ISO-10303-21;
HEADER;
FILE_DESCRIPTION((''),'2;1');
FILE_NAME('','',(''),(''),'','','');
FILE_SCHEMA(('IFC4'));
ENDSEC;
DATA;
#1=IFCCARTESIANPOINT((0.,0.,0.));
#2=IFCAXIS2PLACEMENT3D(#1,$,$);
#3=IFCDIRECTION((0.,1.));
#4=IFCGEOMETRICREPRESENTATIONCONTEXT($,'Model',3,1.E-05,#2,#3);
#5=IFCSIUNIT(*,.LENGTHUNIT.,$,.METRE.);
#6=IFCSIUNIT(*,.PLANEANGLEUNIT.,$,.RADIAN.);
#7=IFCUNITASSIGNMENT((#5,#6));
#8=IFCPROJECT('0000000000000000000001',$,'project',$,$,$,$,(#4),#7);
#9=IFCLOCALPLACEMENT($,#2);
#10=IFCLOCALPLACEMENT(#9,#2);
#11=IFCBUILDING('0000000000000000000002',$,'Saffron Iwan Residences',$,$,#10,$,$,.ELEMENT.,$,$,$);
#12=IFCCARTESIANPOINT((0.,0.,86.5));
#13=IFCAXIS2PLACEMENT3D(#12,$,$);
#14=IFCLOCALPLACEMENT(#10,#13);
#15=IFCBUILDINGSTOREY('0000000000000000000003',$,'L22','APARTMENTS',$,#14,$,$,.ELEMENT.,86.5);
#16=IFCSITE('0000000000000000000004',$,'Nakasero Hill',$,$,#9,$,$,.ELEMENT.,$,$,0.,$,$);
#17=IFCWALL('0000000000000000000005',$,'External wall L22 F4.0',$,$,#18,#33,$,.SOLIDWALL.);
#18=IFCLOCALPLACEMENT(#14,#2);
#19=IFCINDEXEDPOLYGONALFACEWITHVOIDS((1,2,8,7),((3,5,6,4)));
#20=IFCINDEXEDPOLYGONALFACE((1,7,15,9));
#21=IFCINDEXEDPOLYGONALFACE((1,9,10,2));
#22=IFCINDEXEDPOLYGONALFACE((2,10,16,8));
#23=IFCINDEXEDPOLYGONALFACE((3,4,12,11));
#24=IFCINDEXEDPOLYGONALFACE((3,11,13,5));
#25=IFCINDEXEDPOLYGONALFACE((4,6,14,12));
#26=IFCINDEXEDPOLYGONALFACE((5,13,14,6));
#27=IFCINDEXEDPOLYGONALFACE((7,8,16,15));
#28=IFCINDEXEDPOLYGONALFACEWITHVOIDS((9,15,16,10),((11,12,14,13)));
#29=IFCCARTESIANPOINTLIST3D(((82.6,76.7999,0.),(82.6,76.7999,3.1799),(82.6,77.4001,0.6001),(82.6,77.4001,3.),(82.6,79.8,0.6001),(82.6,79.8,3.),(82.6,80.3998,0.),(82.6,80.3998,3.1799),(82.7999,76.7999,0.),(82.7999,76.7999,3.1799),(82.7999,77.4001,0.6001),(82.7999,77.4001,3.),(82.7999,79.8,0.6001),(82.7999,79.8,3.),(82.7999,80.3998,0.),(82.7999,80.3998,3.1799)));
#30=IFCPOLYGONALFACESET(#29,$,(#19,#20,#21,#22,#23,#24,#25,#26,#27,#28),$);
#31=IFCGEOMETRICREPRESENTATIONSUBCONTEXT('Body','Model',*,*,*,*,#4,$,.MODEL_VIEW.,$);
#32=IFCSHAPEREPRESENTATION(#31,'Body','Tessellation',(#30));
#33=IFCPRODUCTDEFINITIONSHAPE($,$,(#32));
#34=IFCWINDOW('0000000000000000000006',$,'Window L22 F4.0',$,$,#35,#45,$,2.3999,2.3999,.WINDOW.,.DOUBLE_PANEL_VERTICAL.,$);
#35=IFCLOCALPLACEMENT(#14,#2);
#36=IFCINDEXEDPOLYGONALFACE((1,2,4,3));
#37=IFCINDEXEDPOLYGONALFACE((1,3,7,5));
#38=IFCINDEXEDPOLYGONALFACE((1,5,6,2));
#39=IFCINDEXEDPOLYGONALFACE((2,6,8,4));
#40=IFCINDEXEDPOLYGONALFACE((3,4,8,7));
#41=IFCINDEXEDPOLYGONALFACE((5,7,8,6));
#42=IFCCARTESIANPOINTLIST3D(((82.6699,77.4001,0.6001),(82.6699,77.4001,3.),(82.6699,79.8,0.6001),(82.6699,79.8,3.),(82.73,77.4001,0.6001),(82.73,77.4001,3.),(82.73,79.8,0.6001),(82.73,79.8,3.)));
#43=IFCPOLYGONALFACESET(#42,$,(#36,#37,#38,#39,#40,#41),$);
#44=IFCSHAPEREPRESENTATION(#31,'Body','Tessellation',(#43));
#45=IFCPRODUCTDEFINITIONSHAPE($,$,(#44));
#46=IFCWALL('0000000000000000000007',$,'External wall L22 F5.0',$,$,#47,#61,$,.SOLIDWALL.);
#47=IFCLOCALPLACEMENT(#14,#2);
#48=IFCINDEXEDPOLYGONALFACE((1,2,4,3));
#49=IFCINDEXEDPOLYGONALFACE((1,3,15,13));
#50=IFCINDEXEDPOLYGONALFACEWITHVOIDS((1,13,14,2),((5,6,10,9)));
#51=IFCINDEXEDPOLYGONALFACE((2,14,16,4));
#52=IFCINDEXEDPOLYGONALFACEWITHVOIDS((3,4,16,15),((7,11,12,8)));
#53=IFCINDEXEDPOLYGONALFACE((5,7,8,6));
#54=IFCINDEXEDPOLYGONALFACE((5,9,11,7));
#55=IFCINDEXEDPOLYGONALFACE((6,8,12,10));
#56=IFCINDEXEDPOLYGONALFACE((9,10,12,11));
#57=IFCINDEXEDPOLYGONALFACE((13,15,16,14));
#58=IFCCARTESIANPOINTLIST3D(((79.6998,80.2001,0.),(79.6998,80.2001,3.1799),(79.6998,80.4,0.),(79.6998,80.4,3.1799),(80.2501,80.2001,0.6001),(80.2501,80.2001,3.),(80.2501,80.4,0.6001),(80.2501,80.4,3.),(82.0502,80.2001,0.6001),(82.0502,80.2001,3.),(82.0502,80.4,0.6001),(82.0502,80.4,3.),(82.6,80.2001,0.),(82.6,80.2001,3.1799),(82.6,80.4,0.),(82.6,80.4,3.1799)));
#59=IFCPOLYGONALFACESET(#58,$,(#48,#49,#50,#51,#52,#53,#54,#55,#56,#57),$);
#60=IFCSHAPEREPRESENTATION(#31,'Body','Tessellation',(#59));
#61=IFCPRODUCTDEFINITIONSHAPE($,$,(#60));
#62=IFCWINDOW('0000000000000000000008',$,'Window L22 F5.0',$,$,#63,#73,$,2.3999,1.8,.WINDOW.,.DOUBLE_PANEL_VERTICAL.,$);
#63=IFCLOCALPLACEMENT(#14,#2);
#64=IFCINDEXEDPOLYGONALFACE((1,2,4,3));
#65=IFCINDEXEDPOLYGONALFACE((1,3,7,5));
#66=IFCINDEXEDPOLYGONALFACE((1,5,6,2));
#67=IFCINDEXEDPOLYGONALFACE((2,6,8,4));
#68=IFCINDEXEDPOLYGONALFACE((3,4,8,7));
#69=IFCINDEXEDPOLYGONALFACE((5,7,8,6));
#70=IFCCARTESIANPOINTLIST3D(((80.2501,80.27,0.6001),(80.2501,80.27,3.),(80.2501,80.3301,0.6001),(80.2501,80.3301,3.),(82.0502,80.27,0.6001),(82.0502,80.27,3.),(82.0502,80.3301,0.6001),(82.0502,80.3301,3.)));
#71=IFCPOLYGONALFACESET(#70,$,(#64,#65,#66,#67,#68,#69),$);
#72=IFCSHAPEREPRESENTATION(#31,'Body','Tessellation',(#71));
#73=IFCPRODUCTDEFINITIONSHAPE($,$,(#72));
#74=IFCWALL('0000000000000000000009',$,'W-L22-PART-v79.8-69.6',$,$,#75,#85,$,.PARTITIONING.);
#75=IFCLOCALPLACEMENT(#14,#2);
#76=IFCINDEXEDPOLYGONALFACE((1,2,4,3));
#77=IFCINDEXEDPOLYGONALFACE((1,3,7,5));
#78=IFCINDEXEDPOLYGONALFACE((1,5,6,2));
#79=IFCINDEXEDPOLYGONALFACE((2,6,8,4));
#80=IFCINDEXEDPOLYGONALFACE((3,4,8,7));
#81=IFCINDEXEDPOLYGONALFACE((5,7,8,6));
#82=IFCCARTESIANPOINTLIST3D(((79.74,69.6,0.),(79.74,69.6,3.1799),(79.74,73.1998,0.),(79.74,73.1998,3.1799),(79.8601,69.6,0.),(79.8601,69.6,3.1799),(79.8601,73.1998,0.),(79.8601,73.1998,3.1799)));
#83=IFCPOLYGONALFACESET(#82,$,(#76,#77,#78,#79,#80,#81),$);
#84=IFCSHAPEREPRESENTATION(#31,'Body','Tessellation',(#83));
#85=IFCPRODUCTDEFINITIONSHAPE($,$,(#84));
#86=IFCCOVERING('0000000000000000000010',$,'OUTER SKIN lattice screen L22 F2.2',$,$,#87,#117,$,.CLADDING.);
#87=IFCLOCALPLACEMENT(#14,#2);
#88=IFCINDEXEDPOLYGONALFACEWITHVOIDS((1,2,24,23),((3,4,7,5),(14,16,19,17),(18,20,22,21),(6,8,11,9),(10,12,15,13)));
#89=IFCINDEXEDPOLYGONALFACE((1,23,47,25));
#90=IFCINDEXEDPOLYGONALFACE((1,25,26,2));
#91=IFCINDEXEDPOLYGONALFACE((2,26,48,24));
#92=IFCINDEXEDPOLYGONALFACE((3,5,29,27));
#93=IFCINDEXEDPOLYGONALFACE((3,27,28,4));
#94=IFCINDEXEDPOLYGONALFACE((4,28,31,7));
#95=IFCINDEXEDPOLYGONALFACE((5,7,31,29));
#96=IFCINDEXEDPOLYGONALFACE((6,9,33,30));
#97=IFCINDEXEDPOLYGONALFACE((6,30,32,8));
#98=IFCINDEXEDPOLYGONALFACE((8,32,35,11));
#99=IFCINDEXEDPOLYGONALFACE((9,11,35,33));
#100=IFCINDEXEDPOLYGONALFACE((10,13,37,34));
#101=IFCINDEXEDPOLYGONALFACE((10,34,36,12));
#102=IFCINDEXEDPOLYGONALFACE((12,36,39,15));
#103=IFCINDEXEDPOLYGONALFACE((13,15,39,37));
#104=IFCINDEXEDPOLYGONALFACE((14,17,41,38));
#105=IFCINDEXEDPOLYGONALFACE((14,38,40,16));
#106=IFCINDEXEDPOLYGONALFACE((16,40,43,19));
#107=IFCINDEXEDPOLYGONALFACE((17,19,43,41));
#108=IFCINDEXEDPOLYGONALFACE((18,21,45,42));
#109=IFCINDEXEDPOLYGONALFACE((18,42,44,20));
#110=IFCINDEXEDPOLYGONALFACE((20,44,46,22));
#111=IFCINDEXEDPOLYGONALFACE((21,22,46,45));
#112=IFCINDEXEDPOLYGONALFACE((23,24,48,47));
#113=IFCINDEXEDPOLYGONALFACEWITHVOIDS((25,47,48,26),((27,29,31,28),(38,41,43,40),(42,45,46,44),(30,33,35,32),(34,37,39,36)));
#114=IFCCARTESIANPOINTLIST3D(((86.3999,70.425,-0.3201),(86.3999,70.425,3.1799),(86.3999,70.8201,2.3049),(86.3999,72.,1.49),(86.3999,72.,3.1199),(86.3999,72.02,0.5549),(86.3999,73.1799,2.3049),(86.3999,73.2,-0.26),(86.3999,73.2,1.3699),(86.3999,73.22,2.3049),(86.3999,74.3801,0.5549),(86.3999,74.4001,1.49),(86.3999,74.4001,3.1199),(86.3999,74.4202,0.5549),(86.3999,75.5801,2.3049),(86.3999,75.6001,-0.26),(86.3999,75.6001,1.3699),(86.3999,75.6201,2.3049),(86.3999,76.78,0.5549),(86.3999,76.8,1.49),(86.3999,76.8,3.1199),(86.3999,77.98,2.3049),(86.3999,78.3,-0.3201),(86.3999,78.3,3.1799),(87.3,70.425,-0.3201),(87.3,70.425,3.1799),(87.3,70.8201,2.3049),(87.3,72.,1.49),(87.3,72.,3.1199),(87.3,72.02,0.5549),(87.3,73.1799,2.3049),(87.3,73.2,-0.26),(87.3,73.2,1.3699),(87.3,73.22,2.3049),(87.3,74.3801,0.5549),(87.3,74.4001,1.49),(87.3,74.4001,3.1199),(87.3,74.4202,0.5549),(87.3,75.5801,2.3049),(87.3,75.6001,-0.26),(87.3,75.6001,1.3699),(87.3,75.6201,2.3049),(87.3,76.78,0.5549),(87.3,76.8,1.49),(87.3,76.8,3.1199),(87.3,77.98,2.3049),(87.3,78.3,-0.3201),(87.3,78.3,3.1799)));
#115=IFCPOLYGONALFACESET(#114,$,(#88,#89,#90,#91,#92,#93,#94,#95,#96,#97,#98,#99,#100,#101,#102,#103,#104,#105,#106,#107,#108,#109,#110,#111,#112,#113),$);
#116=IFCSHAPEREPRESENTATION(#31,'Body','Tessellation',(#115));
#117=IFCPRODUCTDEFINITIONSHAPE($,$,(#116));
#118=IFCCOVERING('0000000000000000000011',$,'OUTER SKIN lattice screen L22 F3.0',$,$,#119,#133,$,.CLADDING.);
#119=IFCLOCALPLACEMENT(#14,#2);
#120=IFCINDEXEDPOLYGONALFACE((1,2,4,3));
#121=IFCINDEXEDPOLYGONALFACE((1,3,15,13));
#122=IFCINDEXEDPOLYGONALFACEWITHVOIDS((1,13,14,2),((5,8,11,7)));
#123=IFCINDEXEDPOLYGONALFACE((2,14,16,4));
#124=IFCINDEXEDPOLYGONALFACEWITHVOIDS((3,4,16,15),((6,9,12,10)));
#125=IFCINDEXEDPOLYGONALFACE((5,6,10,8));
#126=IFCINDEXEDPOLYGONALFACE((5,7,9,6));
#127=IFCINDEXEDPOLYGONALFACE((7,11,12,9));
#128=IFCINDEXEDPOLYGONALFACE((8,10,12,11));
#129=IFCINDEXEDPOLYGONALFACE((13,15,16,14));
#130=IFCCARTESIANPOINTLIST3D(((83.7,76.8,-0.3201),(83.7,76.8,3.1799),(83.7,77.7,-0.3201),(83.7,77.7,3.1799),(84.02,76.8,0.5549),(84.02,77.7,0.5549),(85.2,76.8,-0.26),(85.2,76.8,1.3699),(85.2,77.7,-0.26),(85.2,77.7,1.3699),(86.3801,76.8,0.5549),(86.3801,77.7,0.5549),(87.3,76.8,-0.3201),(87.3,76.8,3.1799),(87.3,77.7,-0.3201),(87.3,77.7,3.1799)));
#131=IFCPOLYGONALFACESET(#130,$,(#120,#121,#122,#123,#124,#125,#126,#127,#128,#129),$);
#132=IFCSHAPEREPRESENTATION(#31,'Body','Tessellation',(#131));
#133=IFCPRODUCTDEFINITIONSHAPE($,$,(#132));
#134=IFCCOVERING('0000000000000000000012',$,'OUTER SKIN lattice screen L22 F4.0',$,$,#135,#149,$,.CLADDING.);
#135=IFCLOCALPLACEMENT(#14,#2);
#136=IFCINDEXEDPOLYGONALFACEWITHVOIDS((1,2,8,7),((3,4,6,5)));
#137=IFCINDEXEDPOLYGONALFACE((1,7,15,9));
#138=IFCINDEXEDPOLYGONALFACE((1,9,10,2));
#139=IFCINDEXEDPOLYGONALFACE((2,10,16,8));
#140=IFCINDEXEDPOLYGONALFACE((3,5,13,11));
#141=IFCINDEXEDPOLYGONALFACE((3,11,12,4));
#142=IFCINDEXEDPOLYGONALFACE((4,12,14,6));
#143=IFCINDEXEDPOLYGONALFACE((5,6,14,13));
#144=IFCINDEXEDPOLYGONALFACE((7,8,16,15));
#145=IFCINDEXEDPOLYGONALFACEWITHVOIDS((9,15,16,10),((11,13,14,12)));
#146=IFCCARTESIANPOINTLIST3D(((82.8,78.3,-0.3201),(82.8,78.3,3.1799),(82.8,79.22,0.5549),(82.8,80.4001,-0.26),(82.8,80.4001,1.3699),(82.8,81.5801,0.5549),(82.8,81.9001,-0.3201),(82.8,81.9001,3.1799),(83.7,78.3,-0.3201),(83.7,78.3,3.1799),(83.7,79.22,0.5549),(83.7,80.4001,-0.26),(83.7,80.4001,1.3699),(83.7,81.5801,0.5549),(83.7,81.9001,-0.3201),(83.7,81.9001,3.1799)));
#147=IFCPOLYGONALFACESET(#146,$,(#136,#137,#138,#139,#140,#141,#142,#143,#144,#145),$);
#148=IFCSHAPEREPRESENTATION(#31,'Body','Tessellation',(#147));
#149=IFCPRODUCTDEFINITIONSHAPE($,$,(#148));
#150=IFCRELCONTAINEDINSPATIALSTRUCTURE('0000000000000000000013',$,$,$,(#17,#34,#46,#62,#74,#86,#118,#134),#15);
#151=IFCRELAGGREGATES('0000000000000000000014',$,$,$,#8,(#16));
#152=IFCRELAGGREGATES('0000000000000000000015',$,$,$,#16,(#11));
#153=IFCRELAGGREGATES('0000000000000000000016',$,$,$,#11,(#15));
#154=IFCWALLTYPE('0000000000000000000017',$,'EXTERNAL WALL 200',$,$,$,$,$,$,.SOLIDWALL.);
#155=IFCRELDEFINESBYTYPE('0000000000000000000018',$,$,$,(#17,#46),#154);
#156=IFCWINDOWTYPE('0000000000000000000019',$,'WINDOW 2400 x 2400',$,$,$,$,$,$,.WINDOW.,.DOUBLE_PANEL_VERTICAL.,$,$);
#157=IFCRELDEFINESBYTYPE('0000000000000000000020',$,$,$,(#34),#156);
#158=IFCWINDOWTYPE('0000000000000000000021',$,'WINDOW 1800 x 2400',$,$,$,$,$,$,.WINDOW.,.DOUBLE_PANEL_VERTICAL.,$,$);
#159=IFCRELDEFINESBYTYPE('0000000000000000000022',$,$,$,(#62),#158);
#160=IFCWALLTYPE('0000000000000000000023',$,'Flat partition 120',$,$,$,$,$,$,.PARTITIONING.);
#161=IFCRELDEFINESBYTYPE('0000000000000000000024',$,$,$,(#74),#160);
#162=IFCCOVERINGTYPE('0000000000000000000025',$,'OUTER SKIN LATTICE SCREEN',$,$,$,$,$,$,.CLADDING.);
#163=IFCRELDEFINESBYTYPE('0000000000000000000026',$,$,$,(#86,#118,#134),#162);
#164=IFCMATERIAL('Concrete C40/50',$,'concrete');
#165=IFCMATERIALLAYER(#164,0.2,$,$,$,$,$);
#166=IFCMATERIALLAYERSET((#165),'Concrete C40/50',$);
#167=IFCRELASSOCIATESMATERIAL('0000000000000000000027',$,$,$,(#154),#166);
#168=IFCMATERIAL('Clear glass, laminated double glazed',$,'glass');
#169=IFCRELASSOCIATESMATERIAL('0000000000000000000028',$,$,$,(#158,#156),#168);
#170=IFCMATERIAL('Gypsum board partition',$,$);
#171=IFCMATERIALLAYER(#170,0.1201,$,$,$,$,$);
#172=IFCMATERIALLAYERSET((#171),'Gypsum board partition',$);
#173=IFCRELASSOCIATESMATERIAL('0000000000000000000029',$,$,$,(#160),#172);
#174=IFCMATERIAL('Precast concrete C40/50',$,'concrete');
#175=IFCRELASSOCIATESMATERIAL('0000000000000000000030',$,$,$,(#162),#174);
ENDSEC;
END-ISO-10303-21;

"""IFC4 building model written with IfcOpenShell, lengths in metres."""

from ifc_helpers import new_model, si_unit, direction, frame, frame_2d, origin, place, context, subcontext, project, spatial, polyline, rectangle, outline, extrude, material, layer, layer_set, type_object, element, fill, save


model = new_model("IFC4")

# Units and contexts
model_context = context("Model", 3, precision=1e-05, world=origin(), true_north=direction((0.0, 1.0)))
body_context = subcontext(model_context, "Body", "Model", "MODEL_VIEW")
ifc_project = project(units=[si_unit("LENGTHUNIT", "METRE"), si_unit("PLANEANGLEUNIT", "RADIAN")], contexts=[model_context])

# Site, building, storey
site_placement = place(None, origin())
site = spatial("IfcSite", under=ifc_project, at=site_placement, Name="Nakasero Hill", CompositionType="ELEMENT", RefElevation=0.0)
building_placement = place(site_placement, origin())
building = spatial("IfcBuilding", under=site, at=building_placement, Name="Saffron Iwan Residences", CompositionType="ELEMENT")
storey_placement = place(building_placement, frame((0.0, 0.0, 86.5)))
storey = spatial("IfcBuildingStorey", under=building, at=storey_placement, Name="L22", Description="APARTMENTS", CompositionType="ELEMENT", Elevation=86.5)

# Shared definitions
ifc_material_1 = material(Name="Concrete C40/50", Category="concrete")
ifc_layer_1 = layer(ifc_material_1, 0.2)
ifc_layer_set_1 = layer_set([ifc_layer_1], Name="Concrete C40/50")
wall_type_1 = type_object("IfcWallType", Name="EXTERNAL WALL 200", PredefinedType="SOLIDWALL", material=ifc_layer_set_1)
ifc_material_2 = material(Name="Clear glass, laminated double glazed", Category="glass")
window_type_1 = type_object("IfcWindowType", Name="WINDOW 1800 x 2400", PartitioningType="DOUBLE_PANEL_VERTICAL", PredefinedType="WINDOW", material=ifc_material_2)

# Walls, openings, windows
wall_1_placement = place(storey_placement, frame((82.7, 76.8, 0.0), z_axis=(0.0, 0.0, 1.0), x_axis=(0.0, 1.0, 0.0)))
wall_1 = element("IfcWall", 1, at=wall_1_placement, inside=storey, type_object=wall_type_1, Name="External wall L22 F4.0", PredefinedType="SOLIDWALL", context=body_context, shape_type="SweptSolid", body=[
    extrude(rectangle(XDim=3.5999, YDim=0.2, at=frame_2d((1.7998, 0.0))), origin(), (0.0, 0.0, 1.0), 3.1799),
])
opening_1_placement = place(wall_1_placement, frame((0.6001, 0.0, 0.6001)))
opening_1 = element("IfcOpeningElement", 2, at=opening_1_placement, cuts=wall_1, PredefinedType="OPENING", context=body_context, shape_type="SweptSolid", body=[
    extrude(rectangle(XDim=2.3999, YDim=2.3999, at=frame_2d((1.2, 1.2))), frame((0.0, 0.1099, 0.0), z_axis=(0.0, -1.0, 0.0), x_axis=(1.0, 0.0, 0.0)), (0.0, 0.0, 1.0), 0.22),
])
window_type_2 = type_object("IfcWindowType", Name="WINDOW 2400 x 2400", PartitioningType="DOUBLE_PANEL_VERTICAL", PredefinedType="WINDOW", material=ifc_material_2)
window_1_placement = place(opening_1_placement, origin())
window_1 = element("IfcWindow", 3, at=window_1_placement, inside=storey, type_object=window_type_2, Name="Window L22 F4.0", OverallHeight=2.3999, OverallWidth=2.3999, PartitioningType="DOUBLE_PANEL_VERTICAL", PredefinedType="WINDOW", context=body_context, shape_type="SweptSolid", body=[
    extrude(rectangle(XDim=2.3999, YDim=2.3999, at=frame_2d((1.2, 1.2))), frame((0.0, 0.03, 0.0), z_axis=(0.0, -1.0, 0.0), x_axis=(1.0, 0.0, 0.0)), (0.0, 0.0, 1.0), 0.0601),
])
fill(opening_1, window_1)
wall_2_placement = place(storey_placement, frame((82.6001, 80.3, 0.0), z_axis=(0.0, 0.0, 1.0), x_axis=(-1.0, 0.0, 0.0)))
wall_2 = element("IfcWall", 4, at=wall_2_placement, inside=storey, type_object=wall_type_1, Name="External wall L22 F5.0", PredefinedType="SOLIDWALL", context=body_context, shape_type="SweptSolid", body=[
    extrude(rectangle(XDim=2.9001, YDim=0.2, at=frame_2d((1.4502, 0.0))), origin(), (0.0, 0.0, 1.0), 3.1799),
])
opening_2_placement = place(wall_2_placement, frame((0.55, 0.0, 0.6001)))
opening_2 = element("IfcOpeningElement", 5, at=opening_2_placement, cuts=wall_2, PredefinedType="OPENING", context=body_context, shape_type="SweptSolid", body=[
    extrude(rectangle(XDim=1.8, YDim=2.3999, at=frame_2d((0.8999, 1.2))), frame((0.0, 0.1099, 0.0), z_axis=(0.0, -1.0, 0.0), x_axis=(1.0, 0.0, 0.0)), (0.0, 0.0, 1.0), 0.22),
])
window_2_placement = place(opening_2_placement, origin())
window_2 = element("IfcWindow", 6, at=window_2_placement, inside=storey, type_object=window_type_1, Name="Window L22 F5.0", OverallHeight=2.3999, OverallWidth=1.8, PartitioningType="DOUBLE_PANEL_VERTICAL", PredefinedType="WINDOW", context=body_context, shape_type="SweptSolid", body=[
    extrude(rectangle(XDim=1.8, YDim=2.3999, at=frame_2d((0.8999, 1.2))), frame((0.0, 0.03, 0.0), z_axis=(0.0, -1.0, 0.0), x_axis=(1.0, 0.0, 0.0)), (0.0, 0.0, 1.0), 0.0601),
])
fill(opening_2, window_2)

# Wall
ifc_material_3 = material(Name="Gypsum board partition")
ifc_layer_2 = layer(ifc_material_3, 0.1201)
ifc_layer_set_2 = layer_set([ifc_layer_2], Name="Gypsum board partition")
wall_type_2 = type_object("IfcWallType", Name="Flat partition 120", PredefinedType="PARTITIONING", material=ifc_layer_set_2)
wall_3_placement = place(storey_placement, frame((79.8, 69.6001, 0.0), z_axis=(0.0, 0.0, 1.0), x_axis=(0.0, 1.0, 0.0)))
element("IfcWall", 7, at=wall_3_placement, inside=storey, type_object=wall_type_2, Name="W-L22-PART-v79.8-69.6", PredefinedType="PARTITIONING", context=body_context, shape_type="SweptSolid", body=[
    extrude(rectangle(XDim=3.5999, YDim=0.1201, at=frame_2d((1.7998, 0.0))), origin(), (0.0, 0.0, 1.0), 3.1799),
])

# Coverings
ifc_material_4 = material(Name="Precast concrete C40/50", Category="concrete")
covering_type = type_object("IfcCoveringType", Name="OUTER SKIN LATTICE SCREEN", PredefinedType="CLADDING", material=ifc_material_4)
covering_1_placement = place(storey_placement, frame((86.3999, 70.425, -0.3201), z_axis=(1.0, 0.0, 0.0), x_axis=(0.0, 1.0, 0.0)))
element("IfcCovering", 8, at=covering_1_placement, inside=storey, type_object=covering_type, Name="OUTER SKIN lattice screen L22 F2.2", PredefinedType="CLADDING", context=body_context, shape_type="SweptSolid", body=[
    extrude(outline(polyline([(0.0, 0.0), (7.875, 0.0), (7.875, 3.5), (0.0, 3.5), (0.0, 0.0)]), holes=[polyline([(1.595, 0.875), (2.7749, 0.0601), (3.9551, 0.875), (2.7749, 1.6899), (1.595, 0.875)]), polyline([(3.9951, 0.875), (5.175, 0.0601), (6.355, 0.875), (5.175, 1.6899), (3.9951, 0.875)]), polyline([(0.395, 2.625), (1.575, 1.8101), (2.7549, 2.625), (1.575, 3.4399), (0.395, 2.625)]), polyline([(2.7949, 2.625), (3.9751, 1.8101), (5.155, 2.625), (3.9751, 3.4399), (2.7949, 2.625)]), polyline([(5.1951, 2.625), (6.375, 1.8101), (7.5549, 2.625), (6.375, 3.4399), (5.1951, 2.625)])]), origin(), (0.0, 0.0, 1.0), 0.9001),
])
for number, where, z_axis, x_axis, name in (
    (9, (87.3, 76.8, -0.3201), (0.0, 1.0, 0.0), (-1.0, 0.0, 0.0), "OUTER SKIN lattice screen L22 F3.0"),
    (10, (82.8, 78.3, -0.3201), (1.0, 0.0, 0.0), (0.0, 1.0, 0.0), "OUTER SKIN lattice screen L22 F4.0"),
):
    element("IfcCovering", number, at=place(storey_placement, frame(where, z_axis=z_axis, x_axis=x_axis)), inside=storey, type_object=covering_type, Name=name, PredefinedType="CLADDING", context=body_context, shape_type="SweptSolid", body=[
        extrude(outline(polyline([(0.0, 0.0), (3.6001, 0.0), (3.6001, 3.5), (0.0, 3.5), (0.0, 0.0)]), holes=[polyline([(0.9199, 0.875), (2.1001, 0.0601), (3.28, 0.875), (2.1001, 1.6899), (0.9199, 0.875)])]), origin(), (0.0, 0.0, 1.0), 0.8999),
    ])

save(model, "model.ifc")
